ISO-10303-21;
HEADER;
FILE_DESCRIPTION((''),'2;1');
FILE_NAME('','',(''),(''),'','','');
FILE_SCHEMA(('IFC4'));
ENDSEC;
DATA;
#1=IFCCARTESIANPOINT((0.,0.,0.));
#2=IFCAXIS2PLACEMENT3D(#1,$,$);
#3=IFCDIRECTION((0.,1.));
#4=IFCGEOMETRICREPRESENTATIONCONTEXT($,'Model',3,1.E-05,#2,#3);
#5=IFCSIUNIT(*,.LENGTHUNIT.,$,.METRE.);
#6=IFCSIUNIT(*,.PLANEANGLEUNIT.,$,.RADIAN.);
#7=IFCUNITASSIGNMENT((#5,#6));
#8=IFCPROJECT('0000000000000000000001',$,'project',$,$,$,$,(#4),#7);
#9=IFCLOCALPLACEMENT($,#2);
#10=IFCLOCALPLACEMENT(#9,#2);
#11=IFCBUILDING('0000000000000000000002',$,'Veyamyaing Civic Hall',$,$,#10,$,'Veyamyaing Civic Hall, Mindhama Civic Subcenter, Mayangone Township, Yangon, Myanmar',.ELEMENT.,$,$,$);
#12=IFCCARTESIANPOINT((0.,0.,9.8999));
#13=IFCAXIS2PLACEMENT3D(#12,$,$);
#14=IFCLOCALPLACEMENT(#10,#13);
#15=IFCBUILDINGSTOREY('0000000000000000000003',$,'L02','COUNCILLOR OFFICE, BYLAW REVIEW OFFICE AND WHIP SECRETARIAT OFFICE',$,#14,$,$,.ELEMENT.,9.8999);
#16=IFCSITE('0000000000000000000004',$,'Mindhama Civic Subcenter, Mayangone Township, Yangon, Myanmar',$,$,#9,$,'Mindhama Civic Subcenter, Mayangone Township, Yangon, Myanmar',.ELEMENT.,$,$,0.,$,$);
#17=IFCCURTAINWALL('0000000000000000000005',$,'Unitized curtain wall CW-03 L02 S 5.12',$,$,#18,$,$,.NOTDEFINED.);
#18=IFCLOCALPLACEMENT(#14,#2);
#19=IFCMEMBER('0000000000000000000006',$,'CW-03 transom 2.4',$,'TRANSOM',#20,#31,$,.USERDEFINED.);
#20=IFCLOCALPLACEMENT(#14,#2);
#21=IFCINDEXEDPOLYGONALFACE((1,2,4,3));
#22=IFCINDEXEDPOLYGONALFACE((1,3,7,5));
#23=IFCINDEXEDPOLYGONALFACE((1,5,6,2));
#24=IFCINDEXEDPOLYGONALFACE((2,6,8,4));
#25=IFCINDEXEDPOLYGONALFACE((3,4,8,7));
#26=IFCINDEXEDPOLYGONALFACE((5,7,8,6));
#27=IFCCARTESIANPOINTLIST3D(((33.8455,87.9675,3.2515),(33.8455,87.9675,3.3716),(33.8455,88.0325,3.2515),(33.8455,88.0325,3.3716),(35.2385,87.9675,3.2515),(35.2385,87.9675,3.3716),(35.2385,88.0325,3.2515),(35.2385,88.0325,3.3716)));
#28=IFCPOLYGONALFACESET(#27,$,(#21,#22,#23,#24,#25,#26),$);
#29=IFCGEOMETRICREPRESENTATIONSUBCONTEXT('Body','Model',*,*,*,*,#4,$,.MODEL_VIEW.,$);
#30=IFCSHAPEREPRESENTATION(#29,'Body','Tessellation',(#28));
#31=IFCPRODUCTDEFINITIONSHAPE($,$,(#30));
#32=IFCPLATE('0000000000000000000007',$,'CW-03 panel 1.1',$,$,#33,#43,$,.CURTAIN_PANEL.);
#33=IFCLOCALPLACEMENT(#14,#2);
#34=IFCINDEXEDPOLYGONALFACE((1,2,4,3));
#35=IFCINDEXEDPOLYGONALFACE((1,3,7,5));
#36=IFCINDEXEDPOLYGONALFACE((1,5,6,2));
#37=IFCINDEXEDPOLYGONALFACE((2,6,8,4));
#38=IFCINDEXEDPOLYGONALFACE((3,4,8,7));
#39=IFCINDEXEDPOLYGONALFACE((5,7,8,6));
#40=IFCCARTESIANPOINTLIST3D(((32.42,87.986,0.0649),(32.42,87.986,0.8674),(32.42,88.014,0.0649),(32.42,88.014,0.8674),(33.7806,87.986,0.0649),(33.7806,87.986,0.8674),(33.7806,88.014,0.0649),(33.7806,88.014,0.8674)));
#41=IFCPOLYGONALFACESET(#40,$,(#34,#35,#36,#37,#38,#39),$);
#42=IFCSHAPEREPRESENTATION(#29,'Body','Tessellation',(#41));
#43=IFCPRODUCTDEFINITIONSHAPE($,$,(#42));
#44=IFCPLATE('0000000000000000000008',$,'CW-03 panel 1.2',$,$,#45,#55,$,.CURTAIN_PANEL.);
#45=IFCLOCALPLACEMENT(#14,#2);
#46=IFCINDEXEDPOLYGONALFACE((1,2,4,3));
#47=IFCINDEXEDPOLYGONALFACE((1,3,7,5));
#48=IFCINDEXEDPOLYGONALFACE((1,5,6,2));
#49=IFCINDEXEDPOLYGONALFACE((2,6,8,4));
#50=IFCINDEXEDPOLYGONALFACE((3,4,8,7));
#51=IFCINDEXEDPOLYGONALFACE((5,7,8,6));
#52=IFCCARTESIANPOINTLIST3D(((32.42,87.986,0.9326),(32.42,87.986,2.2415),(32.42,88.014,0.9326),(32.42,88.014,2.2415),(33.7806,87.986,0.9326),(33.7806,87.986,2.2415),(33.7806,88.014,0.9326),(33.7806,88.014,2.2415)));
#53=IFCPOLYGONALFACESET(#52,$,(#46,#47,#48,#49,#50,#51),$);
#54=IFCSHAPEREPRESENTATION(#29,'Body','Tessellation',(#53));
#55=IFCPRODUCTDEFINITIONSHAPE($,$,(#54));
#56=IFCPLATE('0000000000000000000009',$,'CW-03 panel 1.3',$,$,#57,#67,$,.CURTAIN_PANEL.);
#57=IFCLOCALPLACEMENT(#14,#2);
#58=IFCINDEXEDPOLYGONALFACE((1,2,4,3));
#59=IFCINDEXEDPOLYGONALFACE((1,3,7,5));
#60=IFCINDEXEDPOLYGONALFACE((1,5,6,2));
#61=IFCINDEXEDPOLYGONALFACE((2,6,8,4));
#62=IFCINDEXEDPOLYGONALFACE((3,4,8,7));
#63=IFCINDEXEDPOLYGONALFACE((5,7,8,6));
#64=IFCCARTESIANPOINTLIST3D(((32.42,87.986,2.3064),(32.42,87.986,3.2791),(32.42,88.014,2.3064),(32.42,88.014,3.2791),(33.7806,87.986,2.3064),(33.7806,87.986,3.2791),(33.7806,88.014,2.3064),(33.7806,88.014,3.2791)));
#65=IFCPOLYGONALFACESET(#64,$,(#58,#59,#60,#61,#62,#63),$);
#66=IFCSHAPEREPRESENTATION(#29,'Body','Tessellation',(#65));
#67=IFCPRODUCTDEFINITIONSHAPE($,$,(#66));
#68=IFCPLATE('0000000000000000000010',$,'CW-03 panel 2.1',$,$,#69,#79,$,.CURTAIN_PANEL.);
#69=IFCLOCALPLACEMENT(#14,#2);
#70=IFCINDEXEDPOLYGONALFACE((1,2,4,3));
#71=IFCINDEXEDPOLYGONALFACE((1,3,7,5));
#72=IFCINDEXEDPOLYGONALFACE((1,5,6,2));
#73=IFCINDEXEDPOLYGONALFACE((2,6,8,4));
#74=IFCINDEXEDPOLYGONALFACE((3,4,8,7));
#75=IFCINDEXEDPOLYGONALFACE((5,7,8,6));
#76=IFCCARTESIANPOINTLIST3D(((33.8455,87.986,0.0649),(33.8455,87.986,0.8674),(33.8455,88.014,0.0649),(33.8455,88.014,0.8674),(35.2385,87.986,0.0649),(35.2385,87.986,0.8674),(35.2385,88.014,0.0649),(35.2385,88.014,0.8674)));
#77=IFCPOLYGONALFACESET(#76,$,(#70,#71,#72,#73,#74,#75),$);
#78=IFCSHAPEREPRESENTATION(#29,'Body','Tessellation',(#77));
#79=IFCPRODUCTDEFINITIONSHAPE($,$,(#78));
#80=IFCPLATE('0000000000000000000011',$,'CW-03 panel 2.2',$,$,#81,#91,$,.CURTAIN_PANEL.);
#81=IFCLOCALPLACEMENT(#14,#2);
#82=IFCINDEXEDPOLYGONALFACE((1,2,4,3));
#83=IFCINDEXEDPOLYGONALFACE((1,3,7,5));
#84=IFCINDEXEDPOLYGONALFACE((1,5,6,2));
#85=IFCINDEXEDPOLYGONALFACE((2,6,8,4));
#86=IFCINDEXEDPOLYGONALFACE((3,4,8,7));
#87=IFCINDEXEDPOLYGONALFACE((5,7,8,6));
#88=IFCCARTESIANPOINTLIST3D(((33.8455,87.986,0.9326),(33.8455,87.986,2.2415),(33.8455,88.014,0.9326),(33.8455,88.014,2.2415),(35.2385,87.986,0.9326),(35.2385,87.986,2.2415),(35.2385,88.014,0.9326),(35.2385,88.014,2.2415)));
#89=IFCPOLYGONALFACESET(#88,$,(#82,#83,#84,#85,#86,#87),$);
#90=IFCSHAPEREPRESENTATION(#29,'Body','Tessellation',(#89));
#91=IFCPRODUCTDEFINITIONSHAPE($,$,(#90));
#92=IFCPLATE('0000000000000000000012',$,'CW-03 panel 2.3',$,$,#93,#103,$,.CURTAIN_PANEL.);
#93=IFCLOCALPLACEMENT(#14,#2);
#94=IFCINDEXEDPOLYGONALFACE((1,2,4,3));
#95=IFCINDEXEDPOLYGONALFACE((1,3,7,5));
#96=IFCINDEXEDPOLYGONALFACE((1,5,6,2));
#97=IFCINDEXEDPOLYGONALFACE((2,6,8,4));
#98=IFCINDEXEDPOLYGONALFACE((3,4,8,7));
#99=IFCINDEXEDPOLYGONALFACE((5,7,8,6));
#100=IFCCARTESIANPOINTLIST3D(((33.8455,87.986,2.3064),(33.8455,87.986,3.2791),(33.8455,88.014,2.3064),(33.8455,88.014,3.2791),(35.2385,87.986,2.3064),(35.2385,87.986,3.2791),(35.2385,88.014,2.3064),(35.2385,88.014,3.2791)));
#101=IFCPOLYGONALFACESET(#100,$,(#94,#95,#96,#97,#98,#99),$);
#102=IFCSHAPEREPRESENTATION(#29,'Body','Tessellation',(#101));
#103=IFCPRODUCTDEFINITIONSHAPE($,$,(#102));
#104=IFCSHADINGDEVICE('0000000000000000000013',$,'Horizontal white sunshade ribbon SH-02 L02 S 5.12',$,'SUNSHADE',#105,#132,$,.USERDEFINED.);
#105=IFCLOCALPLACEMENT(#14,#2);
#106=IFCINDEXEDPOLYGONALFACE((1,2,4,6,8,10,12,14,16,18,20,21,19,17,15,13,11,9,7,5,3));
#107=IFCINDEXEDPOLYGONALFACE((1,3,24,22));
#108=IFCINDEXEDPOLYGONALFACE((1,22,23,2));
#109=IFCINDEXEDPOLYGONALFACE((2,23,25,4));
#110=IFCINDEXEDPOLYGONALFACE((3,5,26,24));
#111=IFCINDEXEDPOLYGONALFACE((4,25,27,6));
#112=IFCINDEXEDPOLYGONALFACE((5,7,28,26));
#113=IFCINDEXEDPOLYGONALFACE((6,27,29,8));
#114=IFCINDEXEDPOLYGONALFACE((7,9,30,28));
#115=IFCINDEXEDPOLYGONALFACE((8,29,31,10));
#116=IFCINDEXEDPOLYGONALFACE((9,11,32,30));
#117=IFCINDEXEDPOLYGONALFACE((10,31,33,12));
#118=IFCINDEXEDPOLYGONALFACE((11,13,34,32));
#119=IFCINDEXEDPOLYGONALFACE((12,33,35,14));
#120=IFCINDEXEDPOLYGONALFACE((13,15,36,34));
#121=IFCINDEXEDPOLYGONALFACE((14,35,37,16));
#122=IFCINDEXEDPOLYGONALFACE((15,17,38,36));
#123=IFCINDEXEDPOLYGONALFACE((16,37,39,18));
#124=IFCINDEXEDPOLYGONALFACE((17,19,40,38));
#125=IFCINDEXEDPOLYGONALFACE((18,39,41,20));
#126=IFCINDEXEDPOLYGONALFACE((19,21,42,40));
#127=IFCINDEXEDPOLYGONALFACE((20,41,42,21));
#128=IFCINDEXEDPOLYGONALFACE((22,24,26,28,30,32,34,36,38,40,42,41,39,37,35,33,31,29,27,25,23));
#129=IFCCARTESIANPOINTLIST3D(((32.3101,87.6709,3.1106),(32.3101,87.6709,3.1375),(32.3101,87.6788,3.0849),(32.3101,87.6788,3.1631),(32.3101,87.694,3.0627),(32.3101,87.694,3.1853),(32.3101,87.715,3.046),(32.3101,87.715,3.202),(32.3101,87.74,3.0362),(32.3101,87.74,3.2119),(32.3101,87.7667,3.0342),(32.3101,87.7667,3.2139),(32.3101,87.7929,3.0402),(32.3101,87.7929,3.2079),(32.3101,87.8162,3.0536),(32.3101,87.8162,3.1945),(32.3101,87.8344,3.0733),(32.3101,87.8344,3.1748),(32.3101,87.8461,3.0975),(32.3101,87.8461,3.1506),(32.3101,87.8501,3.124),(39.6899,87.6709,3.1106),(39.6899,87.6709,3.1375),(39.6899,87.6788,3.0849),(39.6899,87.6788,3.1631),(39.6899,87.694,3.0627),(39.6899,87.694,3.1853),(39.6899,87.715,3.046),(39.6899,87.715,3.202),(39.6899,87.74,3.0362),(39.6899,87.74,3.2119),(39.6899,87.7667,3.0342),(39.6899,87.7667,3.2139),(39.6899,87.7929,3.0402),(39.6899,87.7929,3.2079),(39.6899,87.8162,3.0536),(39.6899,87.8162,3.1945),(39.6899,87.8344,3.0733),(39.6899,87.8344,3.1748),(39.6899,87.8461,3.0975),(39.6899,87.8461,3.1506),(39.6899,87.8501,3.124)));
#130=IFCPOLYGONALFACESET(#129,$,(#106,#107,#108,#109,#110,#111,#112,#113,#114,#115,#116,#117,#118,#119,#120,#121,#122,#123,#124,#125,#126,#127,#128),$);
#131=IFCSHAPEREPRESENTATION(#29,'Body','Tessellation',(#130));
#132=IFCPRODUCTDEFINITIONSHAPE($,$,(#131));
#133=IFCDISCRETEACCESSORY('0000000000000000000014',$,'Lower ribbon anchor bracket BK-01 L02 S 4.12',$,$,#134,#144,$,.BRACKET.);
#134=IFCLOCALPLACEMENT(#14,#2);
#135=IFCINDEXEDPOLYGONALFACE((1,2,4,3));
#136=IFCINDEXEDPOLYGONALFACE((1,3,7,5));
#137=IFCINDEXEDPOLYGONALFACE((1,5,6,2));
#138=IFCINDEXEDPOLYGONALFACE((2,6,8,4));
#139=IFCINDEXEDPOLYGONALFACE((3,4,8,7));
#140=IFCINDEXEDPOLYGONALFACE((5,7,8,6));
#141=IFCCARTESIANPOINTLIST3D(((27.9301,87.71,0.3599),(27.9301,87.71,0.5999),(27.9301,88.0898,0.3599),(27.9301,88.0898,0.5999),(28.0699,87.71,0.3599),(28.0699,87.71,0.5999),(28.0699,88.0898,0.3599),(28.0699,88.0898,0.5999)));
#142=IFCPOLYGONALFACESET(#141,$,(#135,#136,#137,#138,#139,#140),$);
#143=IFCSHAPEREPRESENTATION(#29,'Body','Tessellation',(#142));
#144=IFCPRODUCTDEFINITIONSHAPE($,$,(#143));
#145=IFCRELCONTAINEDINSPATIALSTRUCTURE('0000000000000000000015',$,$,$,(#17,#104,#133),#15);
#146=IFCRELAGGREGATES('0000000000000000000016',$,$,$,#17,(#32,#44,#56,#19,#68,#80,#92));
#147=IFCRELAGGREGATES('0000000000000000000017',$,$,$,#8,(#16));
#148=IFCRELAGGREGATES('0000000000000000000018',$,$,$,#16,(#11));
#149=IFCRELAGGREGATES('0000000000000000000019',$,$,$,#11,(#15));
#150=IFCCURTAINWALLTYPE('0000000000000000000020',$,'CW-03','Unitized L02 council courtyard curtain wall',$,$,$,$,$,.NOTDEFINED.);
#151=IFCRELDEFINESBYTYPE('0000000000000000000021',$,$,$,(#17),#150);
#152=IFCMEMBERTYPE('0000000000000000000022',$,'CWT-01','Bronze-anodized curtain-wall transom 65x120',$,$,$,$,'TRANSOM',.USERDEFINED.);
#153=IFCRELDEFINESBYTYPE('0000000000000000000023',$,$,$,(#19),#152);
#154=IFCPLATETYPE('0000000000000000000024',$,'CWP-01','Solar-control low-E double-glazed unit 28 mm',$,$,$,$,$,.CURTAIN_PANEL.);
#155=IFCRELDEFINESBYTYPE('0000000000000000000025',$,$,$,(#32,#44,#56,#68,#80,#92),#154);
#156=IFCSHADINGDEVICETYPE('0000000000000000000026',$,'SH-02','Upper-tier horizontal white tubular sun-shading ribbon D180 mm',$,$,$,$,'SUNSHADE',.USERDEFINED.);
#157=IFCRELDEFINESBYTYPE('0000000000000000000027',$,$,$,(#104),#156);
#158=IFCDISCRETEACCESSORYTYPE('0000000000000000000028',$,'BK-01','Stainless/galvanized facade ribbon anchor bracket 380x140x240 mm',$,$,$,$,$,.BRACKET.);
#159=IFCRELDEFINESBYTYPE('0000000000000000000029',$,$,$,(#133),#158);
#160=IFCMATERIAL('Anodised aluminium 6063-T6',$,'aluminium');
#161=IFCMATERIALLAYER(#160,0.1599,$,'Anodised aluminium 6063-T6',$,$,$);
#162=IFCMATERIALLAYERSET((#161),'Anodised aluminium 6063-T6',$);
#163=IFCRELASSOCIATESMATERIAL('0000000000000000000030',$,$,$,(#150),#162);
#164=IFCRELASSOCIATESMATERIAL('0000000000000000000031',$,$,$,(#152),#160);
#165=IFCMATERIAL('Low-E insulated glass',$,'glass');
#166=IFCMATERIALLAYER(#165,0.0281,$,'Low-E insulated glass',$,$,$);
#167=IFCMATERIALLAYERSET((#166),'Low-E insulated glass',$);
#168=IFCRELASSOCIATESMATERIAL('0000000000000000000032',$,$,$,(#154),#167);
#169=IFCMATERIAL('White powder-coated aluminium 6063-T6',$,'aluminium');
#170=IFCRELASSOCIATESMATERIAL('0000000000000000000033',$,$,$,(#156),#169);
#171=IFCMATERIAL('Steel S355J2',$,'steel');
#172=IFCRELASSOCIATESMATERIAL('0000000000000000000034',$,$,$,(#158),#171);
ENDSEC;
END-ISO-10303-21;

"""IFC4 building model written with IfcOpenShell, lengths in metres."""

from ifc_helpers import new_model, si_unit, direction, frame, origin, origin_2d, place, context, subcontext, project, spatial, rectangle, circle, extrude, material, layer, layer_set, material_profile, profile_set, type_object, element, aggregate, save


model = new_model("IFC4")

# Units and contexts
model_context = context("Model", 3, precision=1e-05, world=origin(), true_north=direction((0.0, 1.0)))
body_context = subcontext(model_context, "Body", "Model", "MODEL_VIEW")
ifc_project = project(units=[si_unit("LENGTHUNIT", "METRE"), si_unit("PLANEANGLEUNIT", "RADIAN")], contexts=[model_context])

# Site, building, storey
site_placement = place(None, origin())
site = spatial("IfcSite", under=ifc_project, at=site_placement, Name="Mindhama Civic Subcenter, Mayangone Township, Yangon, Myanmar", LongName="Mindhama Civic Subcenter, Mayangone Township, Yangon, Myanmar", CompositionType="ELEMENT", RefElevation=0.0)
building_placement = place(site_placement, origin())
building = spatial("IfcBuilding", under=site, at=building_placement, Name="Veyamyaing Civic Hall", LongName="Veyamyaing Civic Hall, Mindhama Civic Subcenter, Mayangone Township, Yangon, Myanmar", CompositionType="ELEMENT")
storey_placement = place(building_placement, frame((0.0, 0.0, 9.8999)))
storey = spatial("IfcBuildingStorey", under=building, at=storey_placement, Name="L02", Description="COUNCILLOR OFFICE, BYLAW REVIEW OFFICE AND WHIP SECRETARIAT OFFICE", CompositionType="ELEMENT", Elevation=9.8999)

# Curtain wall, member, plates
ifc_material_1 = material(Name="Anodised aluminium 6063-T6", Category="aluminium")
ifc_layer_1 = layer(ifc_material_1, 0.1599, Name="Anodised aluminium 6063-T6")
ifc_layer_set_1 = layer_set([ifc_layer_1], Name="Anodised aluminium 6063-T6")
curtain_wall_type = type_object("IfcCurtainWallType", Name="CW-03", Description="Unitized L02 council courtyard curtain wall", PredefinedType="NOTDEFINED", material=ifc_layer_set_1)
curtain_wall_placement = place(storey_placement, origin())
curtain_wall = element("IfcCurtainWall", 1, at=curtain_wall_placement, inside=storey, type_object=curtain_wall_type, Name="Unitized curtain wall CW-03 L02 S 5.12", PredefinedType="NOTDEFINED")
ifc_material_profile_1 = material_profile(ifc_material_1, rectangle(XDim=0.0649, YDim=0.1201, at=origin_2d()), Name="ALU-TRN-65X120")
ifc_profile_set_1 = profile_set([ifc_material_profile_1], Name="Anodised aluminium 6063-T6")
member_type_1 = type_object("IfcMemberType", Name="CWT-01", Description="Bronze-anodized curtain-wall transom 65x120", ElementType="TRANSOM", PredefinedType="USERDEFINED", material=ifc_profile_set_1)
member_1_placement = place(storey_placement, frame((33.8455, 88.0, 3.3115), z_axis=(1.0, 0.0, 0.0), x_axis=(0.0, 1.0, 0.0)))
member_1 = element("IfcMember", 2, at=member_1_placement, type_object=member_type_1, Name="CW-03 transom 2.4", ObjectType="TRANSOM", PredefinedType="USERDEFINED", context=body_context, shape_type="SweptSolid", body=[
    extrude(rectangle(XDim=0.0649, YDim=0.1201, at=origin_2d()), origin(), (0.0, 0.0, 1.0), 1.3931),
])
ifc_material_2 = material(Name="Low-E insulated glass", Category="glass")
ifc_layer_2 = layer(ifc_material_2, 0.0281, Name="Low-E insulated glass")
ifc_layer_set_2 = layer_set([ifc_layer_2], Name="Low-E insulated glass")
plate_type = type_object("IfcPlateType", Name="CWP-01", Description="Solar-control low-E double-glazed unit 28 mm", PredefinedType="CURTAIN_PANEL", material=ifc_layer_set_2)
plate_1_placement = place(storey_placement, frame((33.1003, 88.0, 0.0649), z_axis=(0.0, 0.0, 1.0), x_axis=(1.0, 0.0, 0.0)))
plate_1 = element("IfcPlate", 3, at=plate_1_placement, type_object=plate_type, Name="CW-03 panel 1.1", PredefinedType="CURTAIN_PANEL", context=body_context, shape_type="SweptSolid", body=[
    extrude(rectangle(XDim=1.3606, YDim=0.0281, at=origin_2d()), origin(), (0.0, 0.0, 1.0), 0.8025),
])
plate_2_placement = place(storey_placement, frame((33.1003, 88.0, 0.9326), z_axis=(0.0, 0.0, 1.0), x_axis=(1.0, 0.0, 0.0)))
plate_2 = element("IfcPlate", 4, at=plate_2_placement, type_object=plate_type, Name="CW-03 panel 1.2", PredefinedType="CURTAIN_PANEL", context=body_context, shape_type="SweptSolid", body=[
    extrude(rectangle(XDim=1.3606, YDim=0.0281, at=origin_2d()), origin(), (0.0, 0.0, 1.0), 1.3088),
])
plate_3_placement = place(storey_placement, frame((33.1003, 88.0, 2.3064), z_axis=(0.0, 0.0, 1.0), x_axis=(1.0, 0.0, 0.0)))
plate_3 = element("IfcPlate", 5, at=plate_3_placement, type_object=plate_type, Name="CW-03 panel 1.3", PredefinedType="CURTAIN_PANEL", context=body_context, shape_type="SweptSolid", body=[
    extrude(rectangle(XDim=1.3606, YDim=0.0281, at=origin_2d()), origin(), (0.0, 0.0, 1.0), 0.9727),
])
plate_4_placement = place(storey_placement, frame((34.542, 88.0, 0.0649), z_axis=(0.0, 0.0, 1.0), x_axis=(1.0, 0.0, 0.0)))
plate_4 = element("IfcPlate", 6, at=plate_4_placement, type_object=plate_type, Name="CW-03 panel 2.1", PredefinedType="CURTAIN_PANEL", context=body_context, shape_type="SweptSolid", body=[
    extrude(rectangle(XDim=1.3931, YDim=0.0281, at=origin_2d()), origin(), (0.0, 0.0, 1.0), 0.8025),
])
plate_5_placement = place(storey_placement, frame((34.542, 88.0, 0.9326), z_axis=(0.0, 0.0, 1.0), x_axis=(1.0, 0.0, 0.0)))
plate_5 = element("IfcPlate", 7, at=plate_5_placement, type_object=plate_type, Name="CW-03 panel 2.2", PredefinedType="CURTAIN_PANEL", context=body_context, shape_type="SweptSolid", body=[
    extrude(rectangle(XDim=1.3931, YDim=0.0281, at=origin_2d()), origin(), (0.0, 0.0, 1.0), 1.3088),
])
plate_6_placement = place(storey_placement, frame((34.542, 88.0, 2.3064), z_axis=(0.0, 0.0, 1.0), x_axis=(1.0, 0.0, 0.0)))
plate_6 = element("IfcPlate", 8, at=plate_6_placement, type_object=plate_type, Name="CW-03 panel 2.3", PredefinedType="CURTAIN_PANEL", context=body_context, shape_type="SweptSolid", body=[
    extrude(rectangle(XDim=1.3931, YDim=0.0281, at=origin_2d()), origin(), (0.0, 0.0, 1.0), 0.9727),
])
aggregate(curtain_wall, [plate_1, plate_2, plate_3, member_1, plate_4, plate_5, plate_6])

# Shading device
ifc_material_3 = material(Name="White powder-coated aluminium 6063-T6", Category="aluminium")
ifc_material_profile_2 = material_profile(ifc_material_3, circle(Radius=0.0901, at=origin_2d()), Name="SHADE-TUBE-180")
ifc_profile_set_2 = profile_set([ifc_material_profile_2], Name="White powder-coated aluminium 6063-T6")
shading_device_type = type_object("IfcShadingDeviceType", Name="SH-02", Description="Upper-tier horizontal white tubular sun-shading ribbon D180 mm", ElementType="SUNSHADE", PredefinedType="USERDEFINED", material=ifc_profile_set_2)
shading_device_placement = place(storey_placement, frame((32.3101, 87.76, 3.124), z_axis=(1.0, 0.0, 0.0), x_axis=(0.0, 1.0, 0.0)))
element("IfcShadingDevice", 9, at=shading_device_placement, inside=storey, type_object=shading_device_type, Name="Horizontal white sunshade ribbon SH-02 L02 S 5.12", ObjectType="SUNSHADE", PredefinedType="USERDEFINED", context=body_context, shape_type="SweptSolid", body=[
    extrude(circle(Radius=0.0901, at=origin_2d()), origin(), (0.0, 0.0, 1.0), 7.3799),
])

# Discrete accessory
ifc_material_4 = material(Name="Steel S355J2", Category="steel")
discrete_accessory_type = type_object("IfcDiscreteAccessoryType", Name="BK-01", Description="Stainless/galvanized facade ribbon anchor bracket 380x140x240 mm", PredefinedType="BRACKET", material=ifc_material_4)
discrete_accessory_placement = place(storey_placement, frame((28.0, 87.8999, 0.3599), z_axis=(0.0, 0.0, 1.0), x_axis=(0.0, -1.0, 0.0)))
element("IfcDiscreteAccessory", 10, at=discrete_accessory_placement, inside=storey, type_object=discrete_accessory_type, Name="Lower ribbon anchor bracket BK-01 L02 S 4.12", PredefinedType="BRACKET", context=body_context, shape_type="SweptSolid", body=[
    extrude(rectangle(XDim=0.3799, YDim=0.1399, at=origin_2d()), origin(), (0.0, 0.0, 1.0), 0.24),
])

save(model, "model.ifc")
